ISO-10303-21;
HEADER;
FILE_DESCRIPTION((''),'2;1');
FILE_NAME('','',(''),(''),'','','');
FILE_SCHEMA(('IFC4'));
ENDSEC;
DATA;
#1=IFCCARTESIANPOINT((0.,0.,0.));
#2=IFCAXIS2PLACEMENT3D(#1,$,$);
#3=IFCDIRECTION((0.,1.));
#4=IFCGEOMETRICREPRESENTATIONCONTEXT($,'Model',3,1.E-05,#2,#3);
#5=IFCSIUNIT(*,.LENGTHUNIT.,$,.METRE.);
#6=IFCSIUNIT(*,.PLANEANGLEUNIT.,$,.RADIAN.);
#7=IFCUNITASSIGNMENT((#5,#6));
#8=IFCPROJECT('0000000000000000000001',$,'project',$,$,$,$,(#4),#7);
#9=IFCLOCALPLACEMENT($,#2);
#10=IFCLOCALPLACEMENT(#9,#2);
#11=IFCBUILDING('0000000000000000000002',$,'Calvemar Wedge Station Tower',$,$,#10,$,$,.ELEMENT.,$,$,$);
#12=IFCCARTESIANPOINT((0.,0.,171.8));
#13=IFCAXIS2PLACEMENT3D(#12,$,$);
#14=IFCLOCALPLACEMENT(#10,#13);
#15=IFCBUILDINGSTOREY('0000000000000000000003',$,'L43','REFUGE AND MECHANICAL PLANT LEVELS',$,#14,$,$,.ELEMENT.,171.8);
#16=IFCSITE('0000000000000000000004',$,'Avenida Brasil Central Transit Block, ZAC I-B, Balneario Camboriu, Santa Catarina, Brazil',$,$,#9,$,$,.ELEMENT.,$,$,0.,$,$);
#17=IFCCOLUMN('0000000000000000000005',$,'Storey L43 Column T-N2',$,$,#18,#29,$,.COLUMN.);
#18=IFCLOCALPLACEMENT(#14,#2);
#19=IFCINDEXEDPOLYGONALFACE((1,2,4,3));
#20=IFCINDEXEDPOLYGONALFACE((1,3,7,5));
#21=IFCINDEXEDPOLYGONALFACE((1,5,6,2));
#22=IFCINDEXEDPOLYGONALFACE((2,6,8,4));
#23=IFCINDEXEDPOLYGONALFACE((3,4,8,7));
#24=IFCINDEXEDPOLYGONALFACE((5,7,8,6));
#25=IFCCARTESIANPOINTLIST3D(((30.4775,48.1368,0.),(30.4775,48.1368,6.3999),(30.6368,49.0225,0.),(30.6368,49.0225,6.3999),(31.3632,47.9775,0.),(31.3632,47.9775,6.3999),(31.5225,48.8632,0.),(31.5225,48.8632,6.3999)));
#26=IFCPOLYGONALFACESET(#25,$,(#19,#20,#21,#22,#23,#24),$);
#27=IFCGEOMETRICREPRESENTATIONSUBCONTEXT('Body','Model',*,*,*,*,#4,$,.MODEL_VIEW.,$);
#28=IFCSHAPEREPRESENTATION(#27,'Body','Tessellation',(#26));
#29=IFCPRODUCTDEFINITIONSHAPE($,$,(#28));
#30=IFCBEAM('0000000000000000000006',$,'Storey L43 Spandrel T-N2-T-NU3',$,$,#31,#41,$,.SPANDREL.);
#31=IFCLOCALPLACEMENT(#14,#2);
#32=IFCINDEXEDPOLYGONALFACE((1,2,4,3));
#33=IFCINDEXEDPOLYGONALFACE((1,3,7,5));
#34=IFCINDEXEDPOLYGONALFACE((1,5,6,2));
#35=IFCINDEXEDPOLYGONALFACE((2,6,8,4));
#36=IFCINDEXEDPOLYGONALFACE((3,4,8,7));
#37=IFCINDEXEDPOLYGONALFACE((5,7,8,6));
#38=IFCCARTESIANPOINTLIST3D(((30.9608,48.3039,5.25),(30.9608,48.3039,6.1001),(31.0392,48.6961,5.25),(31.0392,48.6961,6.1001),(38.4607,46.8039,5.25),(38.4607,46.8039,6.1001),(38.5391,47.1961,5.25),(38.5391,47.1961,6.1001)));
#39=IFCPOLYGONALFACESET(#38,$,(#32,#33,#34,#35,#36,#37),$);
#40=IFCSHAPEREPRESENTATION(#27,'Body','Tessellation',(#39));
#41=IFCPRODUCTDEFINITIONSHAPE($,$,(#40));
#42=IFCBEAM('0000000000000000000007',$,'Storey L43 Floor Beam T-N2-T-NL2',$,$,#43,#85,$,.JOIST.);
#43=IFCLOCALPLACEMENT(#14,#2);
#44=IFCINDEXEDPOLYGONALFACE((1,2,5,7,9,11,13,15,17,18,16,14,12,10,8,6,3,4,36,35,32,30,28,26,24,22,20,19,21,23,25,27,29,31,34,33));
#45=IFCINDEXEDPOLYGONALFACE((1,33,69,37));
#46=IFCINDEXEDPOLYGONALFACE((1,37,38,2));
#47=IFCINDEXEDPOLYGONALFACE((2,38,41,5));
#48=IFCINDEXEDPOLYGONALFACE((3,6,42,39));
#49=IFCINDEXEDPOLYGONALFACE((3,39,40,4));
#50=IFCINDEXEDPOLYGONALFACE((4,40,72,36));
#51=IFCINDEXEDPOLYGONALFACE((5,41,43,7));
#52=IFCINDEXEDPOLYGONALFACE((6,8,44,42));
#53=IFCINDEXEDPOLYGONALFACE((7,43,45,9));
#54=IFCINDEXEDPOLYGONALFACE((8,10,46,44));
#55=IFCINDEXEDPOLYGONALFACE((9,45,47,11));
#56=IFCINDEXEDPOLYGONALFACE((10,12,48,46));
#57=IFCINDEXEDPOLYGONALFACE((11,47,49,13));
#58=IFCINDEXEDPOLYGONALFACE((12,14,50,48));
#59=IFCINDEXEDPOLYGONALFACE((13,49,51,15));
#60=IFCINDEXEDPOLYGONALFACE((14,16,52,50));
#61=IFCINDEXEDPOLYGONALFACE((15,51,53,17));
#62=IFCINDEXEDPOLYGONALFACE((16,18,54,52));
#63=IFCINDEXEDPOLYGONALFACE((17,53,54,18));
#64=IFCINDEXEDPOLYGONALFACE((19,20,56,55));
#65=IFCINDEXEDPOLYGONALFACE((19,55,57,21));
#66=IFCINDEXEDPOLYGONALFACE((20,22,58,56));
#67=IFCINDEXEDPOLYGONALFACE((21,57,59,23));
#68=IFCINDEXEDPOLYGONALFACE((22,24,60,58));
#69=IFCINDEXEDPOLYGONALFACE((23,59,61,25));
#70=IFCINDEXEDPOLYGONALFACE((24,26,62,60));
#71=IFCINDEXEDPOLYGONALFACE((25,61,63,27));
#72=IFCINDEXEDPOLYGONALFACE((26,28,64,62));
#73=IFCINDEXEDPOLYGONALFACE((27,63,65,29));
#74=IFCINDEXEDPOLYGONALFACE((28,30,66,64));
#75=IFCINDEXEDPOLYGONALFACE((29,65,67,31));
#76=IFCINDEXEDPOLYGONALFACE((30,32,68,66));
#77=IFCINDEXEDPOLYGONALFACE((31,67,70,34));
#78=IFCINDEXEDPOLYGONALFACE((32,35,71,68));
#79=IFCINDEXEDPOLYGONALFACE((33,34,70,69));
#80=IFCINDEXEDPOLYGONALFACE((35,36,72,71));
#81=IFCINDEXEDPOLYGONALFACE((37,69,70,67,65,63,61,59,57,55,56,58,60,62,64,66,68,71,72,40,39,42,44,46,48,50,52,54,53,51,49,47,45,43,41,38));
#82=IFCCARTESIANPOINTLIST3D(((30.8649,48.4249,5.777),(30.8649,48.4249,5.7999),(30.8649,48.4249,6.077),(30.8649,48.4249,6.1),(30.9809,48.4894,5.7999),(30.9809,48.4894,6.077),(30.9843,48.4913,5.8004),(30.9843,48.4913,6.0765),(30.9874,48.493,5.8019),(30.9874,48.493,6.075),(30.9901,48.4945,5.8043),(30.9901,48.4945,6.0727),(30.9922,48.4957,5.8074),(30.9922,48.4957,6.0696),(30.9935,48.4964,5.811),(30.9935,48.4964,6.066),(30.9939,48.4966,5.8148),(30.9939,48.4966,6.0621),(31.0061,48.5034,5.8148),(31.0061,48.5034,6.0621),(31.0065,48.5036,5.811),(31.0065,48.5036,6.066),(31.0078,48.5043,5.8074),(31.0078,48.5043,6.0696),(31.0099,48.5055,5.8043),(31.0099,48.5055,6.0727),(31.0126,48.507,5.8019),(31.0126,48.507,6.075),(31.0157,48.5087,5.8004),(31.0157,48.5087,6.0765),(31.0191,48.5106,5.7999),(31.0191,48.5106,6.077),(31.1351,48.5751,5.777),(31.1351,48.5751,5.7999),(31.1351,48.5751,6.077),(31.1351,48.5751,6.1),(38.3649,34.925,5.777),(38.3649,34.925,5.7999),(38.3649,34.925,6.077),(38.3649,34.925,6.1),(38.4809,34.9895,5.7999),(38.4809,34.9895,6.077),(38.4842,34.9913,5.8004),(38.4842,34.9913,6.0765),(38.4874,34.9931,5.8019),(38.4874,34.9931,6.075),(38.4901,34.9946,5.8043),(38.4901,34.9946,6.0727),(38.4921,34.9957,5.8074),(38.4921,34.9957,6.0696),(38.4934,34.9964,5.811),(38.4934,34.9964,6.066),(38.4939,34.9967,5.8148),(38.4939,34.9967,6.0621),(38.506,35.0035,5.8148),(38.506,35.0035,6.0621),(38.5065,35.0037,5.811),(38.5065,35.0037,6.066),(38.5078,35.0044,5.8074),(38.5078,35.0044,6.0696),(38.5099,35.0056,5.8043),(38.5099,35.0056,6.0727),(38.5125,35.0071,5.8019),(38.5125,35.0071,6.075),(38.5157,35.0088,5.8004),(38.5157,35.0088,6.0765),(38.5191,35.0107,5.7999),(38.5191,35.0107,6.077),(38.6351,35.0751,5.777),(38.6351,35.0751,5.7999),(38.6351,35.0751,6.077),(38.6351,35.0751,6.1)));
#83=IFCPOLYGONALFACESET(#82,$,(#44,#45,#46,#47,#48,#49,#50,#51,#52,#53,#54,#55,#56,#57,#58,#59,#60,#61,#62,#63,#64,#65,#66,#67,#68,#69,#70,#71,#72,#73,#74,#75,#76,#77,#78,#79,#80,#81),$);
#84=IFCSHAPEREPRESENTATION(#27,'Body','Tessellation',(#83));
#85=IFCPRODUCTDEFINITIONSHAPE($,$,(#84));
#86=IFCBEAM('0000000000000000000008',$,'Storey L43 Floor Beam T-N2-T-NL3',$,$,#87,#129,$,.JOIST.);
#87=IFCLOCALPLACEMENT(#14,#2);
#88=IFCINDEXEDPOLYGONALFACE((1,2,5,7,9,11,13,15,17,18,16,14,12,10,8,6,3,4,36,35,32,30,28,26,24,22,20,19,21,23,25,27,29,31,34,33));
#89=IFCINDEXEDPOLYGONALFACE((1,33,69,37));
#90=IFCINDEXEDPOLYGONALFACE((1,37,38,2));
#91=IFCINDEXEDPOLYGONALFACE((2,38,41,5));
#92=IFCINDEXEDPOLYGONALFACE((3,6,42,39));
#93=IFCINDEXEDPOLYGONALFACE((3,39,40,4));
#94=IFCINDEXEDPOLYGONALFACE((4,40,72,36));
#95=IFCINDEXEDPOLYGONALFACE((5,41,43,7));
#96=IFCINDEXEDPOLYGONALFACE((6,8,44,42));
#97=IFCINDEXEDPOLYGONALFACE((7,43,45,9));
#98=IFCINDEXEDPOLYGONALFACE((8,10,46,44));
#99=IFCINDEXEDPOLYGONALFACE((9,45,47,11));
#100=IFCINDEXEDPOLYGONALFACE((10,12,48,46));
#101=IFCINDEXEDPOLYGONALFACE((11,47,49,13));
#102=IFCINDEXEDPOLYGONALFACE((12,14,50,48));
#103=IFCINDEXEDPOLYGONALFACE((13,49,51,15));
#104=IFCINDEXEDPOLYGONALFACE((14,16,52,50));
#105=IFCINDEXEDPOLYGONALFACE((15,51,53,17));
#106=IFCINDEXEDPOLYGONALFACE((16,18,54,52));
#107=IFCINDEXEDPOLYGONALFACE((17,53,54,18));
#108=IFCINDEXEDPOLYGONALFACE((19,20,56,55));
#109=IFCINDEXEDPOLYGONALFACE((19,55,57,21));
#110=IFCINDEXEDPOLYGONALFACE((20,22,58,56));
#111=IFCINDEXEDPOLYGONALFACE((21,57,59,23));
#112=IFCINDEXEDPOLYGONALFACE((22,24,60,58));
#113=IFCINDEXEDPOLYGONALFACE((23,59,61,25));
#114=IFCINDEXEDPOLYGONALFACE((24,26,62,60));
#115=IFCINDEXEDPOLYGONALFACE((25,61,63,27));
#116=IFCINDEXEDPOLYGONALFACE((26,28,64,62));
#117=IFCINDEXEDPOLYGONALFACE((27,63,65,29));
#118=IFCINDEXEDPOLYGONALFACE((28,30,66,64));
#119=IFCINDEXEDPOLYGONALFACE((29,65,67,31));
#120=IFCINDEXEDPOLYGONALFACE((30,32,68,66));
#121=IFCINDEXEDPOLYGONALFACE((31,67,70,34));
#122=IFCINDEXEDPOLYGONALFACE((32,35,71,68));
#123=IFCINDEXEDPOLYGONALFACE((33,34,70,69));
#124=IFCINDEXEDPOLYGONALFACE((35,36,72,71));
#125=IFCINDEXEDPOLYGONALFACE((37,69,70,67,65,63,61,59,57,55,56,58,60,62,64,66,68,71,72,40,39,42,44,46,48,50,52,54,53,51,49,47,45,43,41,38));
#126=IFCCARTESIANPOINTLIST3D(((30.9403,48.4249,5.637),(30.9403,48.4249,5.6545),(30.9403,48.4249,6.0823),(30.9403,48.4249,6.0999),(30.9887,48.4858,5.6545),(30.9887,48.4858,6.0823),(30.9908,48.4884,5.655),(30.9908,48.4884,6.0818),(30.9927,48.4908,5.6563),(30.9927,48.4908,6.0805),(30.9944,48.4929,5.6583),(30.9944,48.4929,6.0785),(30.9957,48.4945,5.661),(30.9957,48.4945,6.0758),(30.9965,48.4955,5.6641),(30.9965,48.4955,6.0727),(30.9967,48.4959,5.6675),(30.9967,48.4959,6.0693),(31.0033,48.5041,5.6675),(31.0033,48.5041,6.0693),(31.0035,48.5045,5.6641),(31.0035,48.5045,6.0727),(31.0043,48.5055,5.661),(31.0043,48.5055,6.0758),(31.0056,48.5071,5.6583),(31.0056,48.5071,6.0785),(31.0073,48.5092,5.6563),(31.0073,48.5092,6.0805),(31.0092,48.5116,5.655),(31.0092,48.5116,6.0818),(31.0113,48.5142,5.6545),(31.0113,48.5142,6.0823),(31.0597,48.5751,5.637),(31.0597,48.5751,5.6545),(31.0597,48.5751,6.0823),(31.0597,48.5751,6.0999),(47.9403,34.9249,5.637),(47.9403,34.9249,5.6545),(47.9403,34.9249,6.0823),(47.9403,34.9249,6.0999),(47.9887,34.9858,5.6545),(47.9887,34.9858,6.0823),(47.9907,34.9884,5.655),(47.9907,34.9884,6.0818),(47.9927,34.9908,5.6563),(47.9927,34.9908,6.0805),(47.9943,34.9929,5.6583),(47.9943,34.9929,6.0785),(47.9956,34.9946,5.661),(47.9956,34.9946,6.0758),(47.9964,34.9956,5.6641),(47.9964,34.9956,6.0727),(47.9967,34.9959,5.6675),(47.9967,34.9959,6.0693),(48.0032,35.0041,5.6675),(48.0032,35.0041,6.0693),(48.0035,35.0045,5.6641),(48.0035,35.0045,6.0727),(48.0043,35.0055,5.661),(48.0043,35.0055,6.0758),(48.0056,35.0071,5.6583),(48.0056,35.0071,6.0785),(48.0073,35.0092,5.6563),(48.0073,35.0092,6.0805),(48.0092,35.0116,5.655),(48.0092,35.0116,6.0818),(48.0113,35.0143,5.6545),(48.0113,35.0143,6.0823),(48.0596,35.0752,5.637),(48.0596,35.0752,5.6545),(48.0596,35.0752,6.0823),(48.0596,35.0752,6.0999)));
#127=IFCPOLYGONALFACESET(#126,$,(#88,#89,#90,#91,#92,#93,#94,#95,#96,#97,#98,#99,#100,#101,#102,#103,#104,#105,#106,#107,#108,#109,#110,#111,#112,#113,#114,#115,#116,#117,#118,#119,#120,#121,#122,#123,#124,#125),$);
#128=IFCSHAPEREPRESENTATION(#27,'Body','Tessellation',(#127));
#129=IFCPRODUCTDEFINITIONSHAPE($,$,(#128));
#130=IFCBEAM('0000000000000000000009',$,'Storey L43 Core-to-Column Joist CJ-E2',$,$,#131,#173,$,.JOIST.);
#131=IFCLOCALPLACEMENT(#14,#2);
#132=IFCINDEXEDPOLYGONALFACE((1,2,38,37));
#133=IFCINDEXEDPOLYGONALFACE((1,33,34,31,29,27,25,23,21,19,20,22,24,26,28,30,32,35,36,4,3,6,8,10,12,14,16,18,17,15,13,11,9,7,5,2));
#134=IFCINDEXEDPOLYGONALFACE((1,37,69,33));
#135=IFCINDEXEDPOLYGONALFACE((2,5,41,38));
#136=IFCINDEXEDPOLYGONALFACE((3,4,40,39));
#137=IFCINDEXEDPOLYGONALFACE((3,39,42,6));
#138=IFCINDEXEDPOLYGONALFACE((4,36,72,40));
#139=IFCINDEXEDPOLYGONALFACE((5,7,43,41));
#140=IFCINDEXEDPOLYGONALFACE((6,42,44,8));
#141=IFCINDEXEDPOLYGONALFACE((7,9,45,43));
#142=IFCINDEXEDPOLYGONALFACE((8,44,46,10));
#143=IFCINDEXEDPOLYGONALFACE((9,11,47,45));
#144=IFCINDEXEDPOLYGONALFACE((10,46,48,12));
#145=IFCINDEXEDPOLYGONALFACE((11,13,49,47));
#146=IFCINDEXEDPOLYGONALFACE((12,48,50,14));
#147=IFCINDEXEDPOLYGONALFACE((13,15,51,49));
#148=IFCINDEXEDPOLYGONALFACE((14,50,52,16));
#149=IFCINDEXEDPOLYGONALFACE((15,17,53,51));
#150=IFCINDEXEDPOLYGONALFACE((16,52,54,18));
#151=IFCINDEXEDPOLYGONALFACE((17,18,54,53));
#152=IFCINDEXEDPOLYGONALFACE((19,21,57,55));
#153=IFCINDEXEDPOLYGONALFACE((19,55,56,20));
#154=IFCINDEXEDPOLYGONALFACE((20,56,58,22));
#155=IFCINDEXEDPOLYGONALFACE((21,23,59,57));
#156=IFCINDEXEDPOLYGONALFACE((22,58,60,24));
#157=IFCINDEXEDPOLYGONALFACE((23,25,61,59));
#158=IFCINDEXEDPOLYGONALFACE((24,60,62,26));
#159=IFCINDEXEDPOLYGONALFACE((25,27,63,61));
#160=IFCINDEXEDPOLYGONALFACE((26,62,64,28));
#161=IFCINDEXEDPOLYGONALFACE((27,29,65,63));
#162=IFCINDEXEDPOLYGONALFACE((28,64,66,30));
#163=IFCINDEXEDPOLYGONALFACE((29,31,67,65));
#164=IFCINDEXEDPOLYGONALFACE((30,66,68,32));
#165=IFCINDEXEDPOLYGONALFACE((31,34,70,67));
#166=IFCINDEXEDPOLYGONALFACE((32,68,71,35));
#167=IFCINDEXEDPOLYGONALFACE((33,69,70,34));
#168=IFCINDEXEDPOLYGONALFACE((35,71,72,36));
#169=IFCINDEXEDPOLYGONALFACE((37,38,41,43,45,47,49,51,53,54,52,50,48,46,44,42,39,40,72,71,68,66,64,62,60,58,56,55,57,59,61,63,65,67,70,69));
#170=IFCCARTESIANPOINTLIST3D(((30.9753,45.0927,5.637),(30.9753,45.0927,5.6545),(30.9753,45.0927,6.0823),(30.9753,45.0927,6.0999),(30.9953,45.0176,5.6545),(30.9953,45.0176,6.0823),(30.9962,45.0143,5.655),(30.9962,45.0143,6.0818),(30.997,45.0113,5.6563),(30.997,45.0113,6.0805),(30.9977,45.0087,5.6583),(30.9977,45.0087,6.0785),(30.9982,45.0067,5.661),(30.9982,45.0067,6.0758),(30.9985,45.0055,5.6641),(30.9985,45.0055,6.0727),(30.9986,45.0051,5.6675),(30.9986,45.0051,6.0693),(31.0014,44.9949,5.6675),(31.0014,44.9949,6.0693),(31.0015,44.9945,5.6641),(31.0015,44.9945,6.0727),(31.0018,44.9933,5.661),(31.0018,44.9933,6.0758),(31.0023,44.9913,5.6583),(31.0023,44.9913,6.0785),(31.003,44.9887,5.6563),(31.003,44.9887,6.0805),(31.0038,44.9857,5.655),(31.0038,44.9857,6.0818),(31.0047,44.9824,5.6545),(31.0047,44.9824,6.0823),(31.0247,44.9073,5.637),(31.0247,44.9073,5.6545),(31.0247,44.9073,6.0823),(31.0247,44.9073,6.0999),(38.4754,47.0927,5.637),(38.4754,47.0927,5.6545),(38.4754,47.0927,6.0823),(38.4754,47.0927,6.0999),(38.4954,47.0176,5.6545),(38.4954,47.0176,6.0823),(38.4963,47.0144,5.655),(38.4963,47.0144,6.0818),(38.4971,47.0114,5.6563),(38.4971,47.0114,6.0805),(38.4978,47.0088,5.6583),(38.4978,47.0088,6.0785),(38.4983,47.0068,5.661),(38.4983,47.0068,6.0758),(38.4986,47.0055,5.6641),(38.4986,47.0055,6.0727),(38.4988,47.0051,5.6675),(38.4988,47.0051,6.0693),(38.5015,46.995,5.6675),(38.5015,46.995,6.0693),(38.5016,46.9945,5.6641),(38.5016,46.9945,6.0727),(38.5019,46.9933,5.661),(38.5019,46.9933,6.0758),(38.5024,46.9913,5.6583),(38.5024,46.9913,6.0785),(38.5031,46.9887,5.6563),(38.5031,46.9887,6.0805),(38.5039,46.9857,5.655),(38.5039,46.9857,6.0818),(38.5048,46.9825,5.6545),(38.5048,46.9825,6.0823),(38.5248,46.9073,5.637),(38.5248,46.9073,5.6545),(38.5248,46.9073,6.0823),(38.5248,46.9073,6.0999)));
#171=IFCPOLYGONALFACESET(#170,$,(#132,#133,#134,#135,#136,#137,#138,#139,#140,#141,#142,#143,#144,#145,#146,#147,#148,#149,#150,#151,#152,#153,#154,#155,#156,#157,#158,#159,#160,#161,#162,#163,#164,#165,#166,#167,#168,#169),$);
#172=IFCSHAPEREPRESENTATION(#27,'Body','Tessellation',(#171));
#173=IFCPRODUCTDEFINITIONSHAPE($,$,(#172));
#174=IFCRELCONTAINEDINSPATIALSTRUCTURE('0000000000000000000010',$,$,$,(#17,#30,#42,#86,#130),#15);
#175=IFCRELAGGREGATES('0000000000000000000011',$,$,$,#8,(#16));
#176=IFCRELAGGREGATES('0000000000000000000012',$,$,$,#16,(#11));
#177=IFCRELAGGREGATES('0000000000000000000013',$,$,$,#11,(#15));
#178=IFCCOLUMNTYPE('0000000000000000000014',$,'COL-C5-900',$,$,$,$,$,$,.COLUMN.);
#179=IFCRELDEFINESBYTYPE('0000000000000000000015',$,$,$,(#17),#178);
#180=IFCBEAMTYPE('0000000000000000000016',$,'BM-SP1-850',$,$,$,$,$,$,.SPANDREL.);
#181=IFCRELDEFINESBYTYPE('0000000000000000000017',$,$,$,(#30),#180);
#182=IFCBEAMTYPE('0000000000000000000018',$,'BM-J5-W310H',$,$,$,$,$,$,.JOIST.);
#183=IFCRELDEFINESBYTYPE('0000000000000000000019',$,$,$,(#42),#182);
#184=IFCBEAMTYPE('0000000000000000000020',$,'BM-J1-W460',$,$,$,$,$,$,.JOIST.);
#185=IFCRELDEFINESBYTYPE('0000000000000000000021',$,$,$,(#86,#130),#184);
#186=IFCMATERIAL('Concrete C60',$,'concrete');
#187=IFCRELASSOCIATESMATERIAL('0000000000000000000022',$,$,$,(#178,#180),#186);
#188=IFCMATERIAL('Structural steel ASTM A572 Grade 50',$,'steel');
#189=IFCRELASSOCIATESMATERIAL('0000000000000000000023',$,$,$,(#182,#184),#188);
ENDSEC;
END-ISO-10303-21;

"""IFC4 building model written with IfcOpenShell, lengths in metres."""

from ifc_helpers import new_model, si_unit, direction, frame, origin, origin_2d, place, context, subcontext, project, spatial, rectangle, i_section, extrude, source, transform, mapped, material, material_profile, profile_set, type_object, element, save


model = new_model("IFC4")

# Units and contexts
model_context = context("Model", 3, precision=1e-05, world=origin(), true_north=direction((0.0, 1.0)))
body_context = subcontext(model_context, "Body", "Model", "MODEL_VIEW")
ifc_project = project(units=[si_unit("LENGTHUNIT", "METRE"), si_unit("PLANEANGLEUNIT", "RADIAN")], contexts=[model_context])

# Site, building, storey
site_placement = place(None, origin())
site = spatial("IfcSite", under=ifc_project, at=site_placement, Name="Avenida Brasil Central Transit Block, ZAC I-B, Balneario Camboriu, Santa Catarina, Brazil", CompositionType="ELEMENT", RefElevation=0.0)
building_placement = place(site_placement, origin())
building = spatial("IfcBuilding", under=site, at=building_placement, Name="Calvemar Wedge Station Tower", CompositionType="ELEMENT")
storey_placement = place(building_placement, frame((0.0, 0.0, 171.8)))
storey = spatial("IfcBuildingStorey", under=building, at=storey_placement, Name="L43", Description="REFUGE AND MECHANICAL PLANT LEVELS", CompositionType="ELEMENT", Elevation=171.8)

# Column
ifc_material_1 = material(Name="Concrete C60", Category="concrete")
ifc_material_profile_1 = material_profile(ifc_material_1, rectangle(XDim=0.8999, YDim=0.8999, at=origin_2d()), Name="RC900x900")
ifc_profile_set_1 = profile_set([ifc_material_profile_1], Name="Concrete C60")
column_type = type_object("IfcColumnType", Name="COL-C5-900", PredefinedType="COLUMN", material=ifc_profile_set_1)
shared_shape_1 = source(origin(), body_context, "Body", "SweptSolid", [
    extrude(rectangle(XDim=0.8999, YDim=0.8999, at=origin_2d()), origin(), (0.0, 0.0, 1.0), 6.3999),
])
column_placement = place(storey_placement, frame((31.0, 48.5, 0.0), z_axis=(0.0, 0.0, 1.0), x_axis=(0.984196, -0.177085, 0.0)))
element("IfcColumn", 1, at=column_placement, inside=storey, type_object=column_type, Name="Storey L43 Column T-N2", PredefinedType="COLUMN", context=body_context, shape_type="MappedRepresentation", body=[
    mapped(shared_shape_1, transform((0.0, 0.0, 0.0), scale=1.0)),
])

# Beams
ifc_material_profile_2 = material_profile(ifc_material_1, rectangle(XDim=0.3999, YDim=0.8501, at=origin_2d()), Name="RC400x850")
ifc_profile_set_2 = profile_set([ifc_material_profile_2], Name="Concrete C60")
beam_type_1 = type_object("IfcBeamType", Name="BM-SP1-850", PredefinedType="SPANDREL", material=ifc_profile_set_2)
shared_shape_2 = source(origin(), body_context, "Body", "SweptSolid", [
    extrude(rectangle(XDim=0.3999, YDim=0.8501, at=origin_2d()), origin(), (0.0, 0.0, 1.0), 7.6484),
])
beam_1_placement = place(storey_placement, frame((31.0, 48.5, 5.675), z_axis=(0.980581, -0.196116, 0.0), x_axis=(0.196116, 0.980581, 0.0)))
element("IfcBeam", 2, at=beam_1_placement, inside=storey, type_object=beam_type_1, Name="Storey L43 Spandrel T-N2-T-NU3", PredefinedType="SPANDREL", context=body_context, shape_type="MappedRepresentation", body=[
    mapped(shared_shape_2, transform((0.0, 0.0, 0.0), scale=1.0)),
])
ifc_material_2 = material(Name="Structural steel ASTM A572 Grade 50", Category="steel")
ifc_material_profile_3 = material_profile(ifc_material_2, i_section(OverallWidth=0.3091, OverallDepth=0.323, WebThickness=0.0139, FlangeThickness=0.0229, FilletRadius=0.0149, at=origin_2d()), Name="W310x143")
ifc_profile_set_3 = profile_set([ifc_material_profile_3], Name="Structural steel ASTM A572 Grade 50")
beam_type_2 = type_object("IfcBeamType", Name="BM-J5-W310H", PredefinedType="JOIST", material=ifc_profile_set_3)
shared_shape_3 = source(origin(), body_context, "Body", "SweptSolid", [
    extrude(i_section(OverallWidth=0.3091, OverallDepth=0.323, WebThickness=0.0139, FlangeThickness=0.0229, FilletRadius=0.0149, at=origin_2d()), origin(), (0.0, 0.0, 1.0), 15.4434),
])
beam_2_placement = place(storey_placement, frame((31.0, 48.5, 5.9385), z_axis=(0.485643, -0.874157, 0.0), x_axis=(0.874157, 0.485643, 0.0)))
element("IfcBeam", 3, at=beam_2_placement, inside=storey, type_object=beam_type_2, Name="Storey L43 Floor Beam T-N2-T-NL2", PredefinedType="JOIST", context=body_context, shape_type="MappedRepresentation", body=[
    mapped(shared_shape_3, transform((0.0, 0.0, 0.0), scale=1.0)),
])
ifc_material_profile_4 = material_profile(ifc_material_2, i_section(OverallWidth=0.1919, OverallDepth=0.4629, WebThickness=0.0105, FlangeThickness=0.0176, FilletRadius=0.0129, at=origin_2d()), Name="W460x89")
ifc_profile_set_4 = profile_set([ifc_material_profile_4], Name="Structural steel ASTM A572 Grade 50")
beam_type_3 = type_object("IfcBeamType", Name="BM-J1-W460", PredefinedType="JOIST", material=ifc_profile_set_4)
shared_shape_4 = source(origin(), body_context, "Body", "SweptSolid", [
    extrude(i_section(OverallWidth=0.1919, OverallDepth=0.4629, WebThickness=0.0105, FlangeThickness=0.0176, FilletRadius=0.0129, at=origin_2d()), origin(), (0.0, 0.0, 1.0), 21.7083),
])
beam_3_placement = place(storey_placement, frame((31.0, 48.5, 5.8684), z_axis=(0.783111, -0.621882, 0.0), x_axis=(0.621882, 0.783111, 0.0)))
element("IfcBeam", 4, at=beam_3_placement, inside=storey, type_object=beam_type_3, Name="Storey L43 Floor Beam T-N2-T-NL3", PredefinedType="JOIST", context=body_context, shape_type="MappedRepresentation", body=[
    mapped(shared_shape_4, transform((0.0, 0.0, 0.0), scale=1.0)),
])
shared_shape_5 = source(origin(), body_context, "Body", "SweptSolid", [
    extrude(i_section(OverallWidth=0.1919, OverallDepth=0.4629, WebThickness=0.0105, FlangeThickness=0.0176, FilletRadius=0.0129, at=origin_2d()), origin(), (0.0, 0.0, 1.0), 7.7622),
])
beam_4_placement = place(storey_placement, frame((31.0, 45.0, 5.8684), z_axis=(0.966235, 0.257663, 0.0), x_axis=(-0.257663, 0.966235, 0.0)))
element("IfcBeam", 5, at=beam_4_placement, inside=storey, type_object=beam_type_3, Name="Storey L43 Core-to-Column Joist CJ-E2", PredefinedType="JOIST", context=body_context, shape_type="MappedRepresentation", body=[
    mapped(shared_shape_5, transform((0.0, 0.0, 0.0), scale=1.0)),
])

save(model, "model.ifc")
